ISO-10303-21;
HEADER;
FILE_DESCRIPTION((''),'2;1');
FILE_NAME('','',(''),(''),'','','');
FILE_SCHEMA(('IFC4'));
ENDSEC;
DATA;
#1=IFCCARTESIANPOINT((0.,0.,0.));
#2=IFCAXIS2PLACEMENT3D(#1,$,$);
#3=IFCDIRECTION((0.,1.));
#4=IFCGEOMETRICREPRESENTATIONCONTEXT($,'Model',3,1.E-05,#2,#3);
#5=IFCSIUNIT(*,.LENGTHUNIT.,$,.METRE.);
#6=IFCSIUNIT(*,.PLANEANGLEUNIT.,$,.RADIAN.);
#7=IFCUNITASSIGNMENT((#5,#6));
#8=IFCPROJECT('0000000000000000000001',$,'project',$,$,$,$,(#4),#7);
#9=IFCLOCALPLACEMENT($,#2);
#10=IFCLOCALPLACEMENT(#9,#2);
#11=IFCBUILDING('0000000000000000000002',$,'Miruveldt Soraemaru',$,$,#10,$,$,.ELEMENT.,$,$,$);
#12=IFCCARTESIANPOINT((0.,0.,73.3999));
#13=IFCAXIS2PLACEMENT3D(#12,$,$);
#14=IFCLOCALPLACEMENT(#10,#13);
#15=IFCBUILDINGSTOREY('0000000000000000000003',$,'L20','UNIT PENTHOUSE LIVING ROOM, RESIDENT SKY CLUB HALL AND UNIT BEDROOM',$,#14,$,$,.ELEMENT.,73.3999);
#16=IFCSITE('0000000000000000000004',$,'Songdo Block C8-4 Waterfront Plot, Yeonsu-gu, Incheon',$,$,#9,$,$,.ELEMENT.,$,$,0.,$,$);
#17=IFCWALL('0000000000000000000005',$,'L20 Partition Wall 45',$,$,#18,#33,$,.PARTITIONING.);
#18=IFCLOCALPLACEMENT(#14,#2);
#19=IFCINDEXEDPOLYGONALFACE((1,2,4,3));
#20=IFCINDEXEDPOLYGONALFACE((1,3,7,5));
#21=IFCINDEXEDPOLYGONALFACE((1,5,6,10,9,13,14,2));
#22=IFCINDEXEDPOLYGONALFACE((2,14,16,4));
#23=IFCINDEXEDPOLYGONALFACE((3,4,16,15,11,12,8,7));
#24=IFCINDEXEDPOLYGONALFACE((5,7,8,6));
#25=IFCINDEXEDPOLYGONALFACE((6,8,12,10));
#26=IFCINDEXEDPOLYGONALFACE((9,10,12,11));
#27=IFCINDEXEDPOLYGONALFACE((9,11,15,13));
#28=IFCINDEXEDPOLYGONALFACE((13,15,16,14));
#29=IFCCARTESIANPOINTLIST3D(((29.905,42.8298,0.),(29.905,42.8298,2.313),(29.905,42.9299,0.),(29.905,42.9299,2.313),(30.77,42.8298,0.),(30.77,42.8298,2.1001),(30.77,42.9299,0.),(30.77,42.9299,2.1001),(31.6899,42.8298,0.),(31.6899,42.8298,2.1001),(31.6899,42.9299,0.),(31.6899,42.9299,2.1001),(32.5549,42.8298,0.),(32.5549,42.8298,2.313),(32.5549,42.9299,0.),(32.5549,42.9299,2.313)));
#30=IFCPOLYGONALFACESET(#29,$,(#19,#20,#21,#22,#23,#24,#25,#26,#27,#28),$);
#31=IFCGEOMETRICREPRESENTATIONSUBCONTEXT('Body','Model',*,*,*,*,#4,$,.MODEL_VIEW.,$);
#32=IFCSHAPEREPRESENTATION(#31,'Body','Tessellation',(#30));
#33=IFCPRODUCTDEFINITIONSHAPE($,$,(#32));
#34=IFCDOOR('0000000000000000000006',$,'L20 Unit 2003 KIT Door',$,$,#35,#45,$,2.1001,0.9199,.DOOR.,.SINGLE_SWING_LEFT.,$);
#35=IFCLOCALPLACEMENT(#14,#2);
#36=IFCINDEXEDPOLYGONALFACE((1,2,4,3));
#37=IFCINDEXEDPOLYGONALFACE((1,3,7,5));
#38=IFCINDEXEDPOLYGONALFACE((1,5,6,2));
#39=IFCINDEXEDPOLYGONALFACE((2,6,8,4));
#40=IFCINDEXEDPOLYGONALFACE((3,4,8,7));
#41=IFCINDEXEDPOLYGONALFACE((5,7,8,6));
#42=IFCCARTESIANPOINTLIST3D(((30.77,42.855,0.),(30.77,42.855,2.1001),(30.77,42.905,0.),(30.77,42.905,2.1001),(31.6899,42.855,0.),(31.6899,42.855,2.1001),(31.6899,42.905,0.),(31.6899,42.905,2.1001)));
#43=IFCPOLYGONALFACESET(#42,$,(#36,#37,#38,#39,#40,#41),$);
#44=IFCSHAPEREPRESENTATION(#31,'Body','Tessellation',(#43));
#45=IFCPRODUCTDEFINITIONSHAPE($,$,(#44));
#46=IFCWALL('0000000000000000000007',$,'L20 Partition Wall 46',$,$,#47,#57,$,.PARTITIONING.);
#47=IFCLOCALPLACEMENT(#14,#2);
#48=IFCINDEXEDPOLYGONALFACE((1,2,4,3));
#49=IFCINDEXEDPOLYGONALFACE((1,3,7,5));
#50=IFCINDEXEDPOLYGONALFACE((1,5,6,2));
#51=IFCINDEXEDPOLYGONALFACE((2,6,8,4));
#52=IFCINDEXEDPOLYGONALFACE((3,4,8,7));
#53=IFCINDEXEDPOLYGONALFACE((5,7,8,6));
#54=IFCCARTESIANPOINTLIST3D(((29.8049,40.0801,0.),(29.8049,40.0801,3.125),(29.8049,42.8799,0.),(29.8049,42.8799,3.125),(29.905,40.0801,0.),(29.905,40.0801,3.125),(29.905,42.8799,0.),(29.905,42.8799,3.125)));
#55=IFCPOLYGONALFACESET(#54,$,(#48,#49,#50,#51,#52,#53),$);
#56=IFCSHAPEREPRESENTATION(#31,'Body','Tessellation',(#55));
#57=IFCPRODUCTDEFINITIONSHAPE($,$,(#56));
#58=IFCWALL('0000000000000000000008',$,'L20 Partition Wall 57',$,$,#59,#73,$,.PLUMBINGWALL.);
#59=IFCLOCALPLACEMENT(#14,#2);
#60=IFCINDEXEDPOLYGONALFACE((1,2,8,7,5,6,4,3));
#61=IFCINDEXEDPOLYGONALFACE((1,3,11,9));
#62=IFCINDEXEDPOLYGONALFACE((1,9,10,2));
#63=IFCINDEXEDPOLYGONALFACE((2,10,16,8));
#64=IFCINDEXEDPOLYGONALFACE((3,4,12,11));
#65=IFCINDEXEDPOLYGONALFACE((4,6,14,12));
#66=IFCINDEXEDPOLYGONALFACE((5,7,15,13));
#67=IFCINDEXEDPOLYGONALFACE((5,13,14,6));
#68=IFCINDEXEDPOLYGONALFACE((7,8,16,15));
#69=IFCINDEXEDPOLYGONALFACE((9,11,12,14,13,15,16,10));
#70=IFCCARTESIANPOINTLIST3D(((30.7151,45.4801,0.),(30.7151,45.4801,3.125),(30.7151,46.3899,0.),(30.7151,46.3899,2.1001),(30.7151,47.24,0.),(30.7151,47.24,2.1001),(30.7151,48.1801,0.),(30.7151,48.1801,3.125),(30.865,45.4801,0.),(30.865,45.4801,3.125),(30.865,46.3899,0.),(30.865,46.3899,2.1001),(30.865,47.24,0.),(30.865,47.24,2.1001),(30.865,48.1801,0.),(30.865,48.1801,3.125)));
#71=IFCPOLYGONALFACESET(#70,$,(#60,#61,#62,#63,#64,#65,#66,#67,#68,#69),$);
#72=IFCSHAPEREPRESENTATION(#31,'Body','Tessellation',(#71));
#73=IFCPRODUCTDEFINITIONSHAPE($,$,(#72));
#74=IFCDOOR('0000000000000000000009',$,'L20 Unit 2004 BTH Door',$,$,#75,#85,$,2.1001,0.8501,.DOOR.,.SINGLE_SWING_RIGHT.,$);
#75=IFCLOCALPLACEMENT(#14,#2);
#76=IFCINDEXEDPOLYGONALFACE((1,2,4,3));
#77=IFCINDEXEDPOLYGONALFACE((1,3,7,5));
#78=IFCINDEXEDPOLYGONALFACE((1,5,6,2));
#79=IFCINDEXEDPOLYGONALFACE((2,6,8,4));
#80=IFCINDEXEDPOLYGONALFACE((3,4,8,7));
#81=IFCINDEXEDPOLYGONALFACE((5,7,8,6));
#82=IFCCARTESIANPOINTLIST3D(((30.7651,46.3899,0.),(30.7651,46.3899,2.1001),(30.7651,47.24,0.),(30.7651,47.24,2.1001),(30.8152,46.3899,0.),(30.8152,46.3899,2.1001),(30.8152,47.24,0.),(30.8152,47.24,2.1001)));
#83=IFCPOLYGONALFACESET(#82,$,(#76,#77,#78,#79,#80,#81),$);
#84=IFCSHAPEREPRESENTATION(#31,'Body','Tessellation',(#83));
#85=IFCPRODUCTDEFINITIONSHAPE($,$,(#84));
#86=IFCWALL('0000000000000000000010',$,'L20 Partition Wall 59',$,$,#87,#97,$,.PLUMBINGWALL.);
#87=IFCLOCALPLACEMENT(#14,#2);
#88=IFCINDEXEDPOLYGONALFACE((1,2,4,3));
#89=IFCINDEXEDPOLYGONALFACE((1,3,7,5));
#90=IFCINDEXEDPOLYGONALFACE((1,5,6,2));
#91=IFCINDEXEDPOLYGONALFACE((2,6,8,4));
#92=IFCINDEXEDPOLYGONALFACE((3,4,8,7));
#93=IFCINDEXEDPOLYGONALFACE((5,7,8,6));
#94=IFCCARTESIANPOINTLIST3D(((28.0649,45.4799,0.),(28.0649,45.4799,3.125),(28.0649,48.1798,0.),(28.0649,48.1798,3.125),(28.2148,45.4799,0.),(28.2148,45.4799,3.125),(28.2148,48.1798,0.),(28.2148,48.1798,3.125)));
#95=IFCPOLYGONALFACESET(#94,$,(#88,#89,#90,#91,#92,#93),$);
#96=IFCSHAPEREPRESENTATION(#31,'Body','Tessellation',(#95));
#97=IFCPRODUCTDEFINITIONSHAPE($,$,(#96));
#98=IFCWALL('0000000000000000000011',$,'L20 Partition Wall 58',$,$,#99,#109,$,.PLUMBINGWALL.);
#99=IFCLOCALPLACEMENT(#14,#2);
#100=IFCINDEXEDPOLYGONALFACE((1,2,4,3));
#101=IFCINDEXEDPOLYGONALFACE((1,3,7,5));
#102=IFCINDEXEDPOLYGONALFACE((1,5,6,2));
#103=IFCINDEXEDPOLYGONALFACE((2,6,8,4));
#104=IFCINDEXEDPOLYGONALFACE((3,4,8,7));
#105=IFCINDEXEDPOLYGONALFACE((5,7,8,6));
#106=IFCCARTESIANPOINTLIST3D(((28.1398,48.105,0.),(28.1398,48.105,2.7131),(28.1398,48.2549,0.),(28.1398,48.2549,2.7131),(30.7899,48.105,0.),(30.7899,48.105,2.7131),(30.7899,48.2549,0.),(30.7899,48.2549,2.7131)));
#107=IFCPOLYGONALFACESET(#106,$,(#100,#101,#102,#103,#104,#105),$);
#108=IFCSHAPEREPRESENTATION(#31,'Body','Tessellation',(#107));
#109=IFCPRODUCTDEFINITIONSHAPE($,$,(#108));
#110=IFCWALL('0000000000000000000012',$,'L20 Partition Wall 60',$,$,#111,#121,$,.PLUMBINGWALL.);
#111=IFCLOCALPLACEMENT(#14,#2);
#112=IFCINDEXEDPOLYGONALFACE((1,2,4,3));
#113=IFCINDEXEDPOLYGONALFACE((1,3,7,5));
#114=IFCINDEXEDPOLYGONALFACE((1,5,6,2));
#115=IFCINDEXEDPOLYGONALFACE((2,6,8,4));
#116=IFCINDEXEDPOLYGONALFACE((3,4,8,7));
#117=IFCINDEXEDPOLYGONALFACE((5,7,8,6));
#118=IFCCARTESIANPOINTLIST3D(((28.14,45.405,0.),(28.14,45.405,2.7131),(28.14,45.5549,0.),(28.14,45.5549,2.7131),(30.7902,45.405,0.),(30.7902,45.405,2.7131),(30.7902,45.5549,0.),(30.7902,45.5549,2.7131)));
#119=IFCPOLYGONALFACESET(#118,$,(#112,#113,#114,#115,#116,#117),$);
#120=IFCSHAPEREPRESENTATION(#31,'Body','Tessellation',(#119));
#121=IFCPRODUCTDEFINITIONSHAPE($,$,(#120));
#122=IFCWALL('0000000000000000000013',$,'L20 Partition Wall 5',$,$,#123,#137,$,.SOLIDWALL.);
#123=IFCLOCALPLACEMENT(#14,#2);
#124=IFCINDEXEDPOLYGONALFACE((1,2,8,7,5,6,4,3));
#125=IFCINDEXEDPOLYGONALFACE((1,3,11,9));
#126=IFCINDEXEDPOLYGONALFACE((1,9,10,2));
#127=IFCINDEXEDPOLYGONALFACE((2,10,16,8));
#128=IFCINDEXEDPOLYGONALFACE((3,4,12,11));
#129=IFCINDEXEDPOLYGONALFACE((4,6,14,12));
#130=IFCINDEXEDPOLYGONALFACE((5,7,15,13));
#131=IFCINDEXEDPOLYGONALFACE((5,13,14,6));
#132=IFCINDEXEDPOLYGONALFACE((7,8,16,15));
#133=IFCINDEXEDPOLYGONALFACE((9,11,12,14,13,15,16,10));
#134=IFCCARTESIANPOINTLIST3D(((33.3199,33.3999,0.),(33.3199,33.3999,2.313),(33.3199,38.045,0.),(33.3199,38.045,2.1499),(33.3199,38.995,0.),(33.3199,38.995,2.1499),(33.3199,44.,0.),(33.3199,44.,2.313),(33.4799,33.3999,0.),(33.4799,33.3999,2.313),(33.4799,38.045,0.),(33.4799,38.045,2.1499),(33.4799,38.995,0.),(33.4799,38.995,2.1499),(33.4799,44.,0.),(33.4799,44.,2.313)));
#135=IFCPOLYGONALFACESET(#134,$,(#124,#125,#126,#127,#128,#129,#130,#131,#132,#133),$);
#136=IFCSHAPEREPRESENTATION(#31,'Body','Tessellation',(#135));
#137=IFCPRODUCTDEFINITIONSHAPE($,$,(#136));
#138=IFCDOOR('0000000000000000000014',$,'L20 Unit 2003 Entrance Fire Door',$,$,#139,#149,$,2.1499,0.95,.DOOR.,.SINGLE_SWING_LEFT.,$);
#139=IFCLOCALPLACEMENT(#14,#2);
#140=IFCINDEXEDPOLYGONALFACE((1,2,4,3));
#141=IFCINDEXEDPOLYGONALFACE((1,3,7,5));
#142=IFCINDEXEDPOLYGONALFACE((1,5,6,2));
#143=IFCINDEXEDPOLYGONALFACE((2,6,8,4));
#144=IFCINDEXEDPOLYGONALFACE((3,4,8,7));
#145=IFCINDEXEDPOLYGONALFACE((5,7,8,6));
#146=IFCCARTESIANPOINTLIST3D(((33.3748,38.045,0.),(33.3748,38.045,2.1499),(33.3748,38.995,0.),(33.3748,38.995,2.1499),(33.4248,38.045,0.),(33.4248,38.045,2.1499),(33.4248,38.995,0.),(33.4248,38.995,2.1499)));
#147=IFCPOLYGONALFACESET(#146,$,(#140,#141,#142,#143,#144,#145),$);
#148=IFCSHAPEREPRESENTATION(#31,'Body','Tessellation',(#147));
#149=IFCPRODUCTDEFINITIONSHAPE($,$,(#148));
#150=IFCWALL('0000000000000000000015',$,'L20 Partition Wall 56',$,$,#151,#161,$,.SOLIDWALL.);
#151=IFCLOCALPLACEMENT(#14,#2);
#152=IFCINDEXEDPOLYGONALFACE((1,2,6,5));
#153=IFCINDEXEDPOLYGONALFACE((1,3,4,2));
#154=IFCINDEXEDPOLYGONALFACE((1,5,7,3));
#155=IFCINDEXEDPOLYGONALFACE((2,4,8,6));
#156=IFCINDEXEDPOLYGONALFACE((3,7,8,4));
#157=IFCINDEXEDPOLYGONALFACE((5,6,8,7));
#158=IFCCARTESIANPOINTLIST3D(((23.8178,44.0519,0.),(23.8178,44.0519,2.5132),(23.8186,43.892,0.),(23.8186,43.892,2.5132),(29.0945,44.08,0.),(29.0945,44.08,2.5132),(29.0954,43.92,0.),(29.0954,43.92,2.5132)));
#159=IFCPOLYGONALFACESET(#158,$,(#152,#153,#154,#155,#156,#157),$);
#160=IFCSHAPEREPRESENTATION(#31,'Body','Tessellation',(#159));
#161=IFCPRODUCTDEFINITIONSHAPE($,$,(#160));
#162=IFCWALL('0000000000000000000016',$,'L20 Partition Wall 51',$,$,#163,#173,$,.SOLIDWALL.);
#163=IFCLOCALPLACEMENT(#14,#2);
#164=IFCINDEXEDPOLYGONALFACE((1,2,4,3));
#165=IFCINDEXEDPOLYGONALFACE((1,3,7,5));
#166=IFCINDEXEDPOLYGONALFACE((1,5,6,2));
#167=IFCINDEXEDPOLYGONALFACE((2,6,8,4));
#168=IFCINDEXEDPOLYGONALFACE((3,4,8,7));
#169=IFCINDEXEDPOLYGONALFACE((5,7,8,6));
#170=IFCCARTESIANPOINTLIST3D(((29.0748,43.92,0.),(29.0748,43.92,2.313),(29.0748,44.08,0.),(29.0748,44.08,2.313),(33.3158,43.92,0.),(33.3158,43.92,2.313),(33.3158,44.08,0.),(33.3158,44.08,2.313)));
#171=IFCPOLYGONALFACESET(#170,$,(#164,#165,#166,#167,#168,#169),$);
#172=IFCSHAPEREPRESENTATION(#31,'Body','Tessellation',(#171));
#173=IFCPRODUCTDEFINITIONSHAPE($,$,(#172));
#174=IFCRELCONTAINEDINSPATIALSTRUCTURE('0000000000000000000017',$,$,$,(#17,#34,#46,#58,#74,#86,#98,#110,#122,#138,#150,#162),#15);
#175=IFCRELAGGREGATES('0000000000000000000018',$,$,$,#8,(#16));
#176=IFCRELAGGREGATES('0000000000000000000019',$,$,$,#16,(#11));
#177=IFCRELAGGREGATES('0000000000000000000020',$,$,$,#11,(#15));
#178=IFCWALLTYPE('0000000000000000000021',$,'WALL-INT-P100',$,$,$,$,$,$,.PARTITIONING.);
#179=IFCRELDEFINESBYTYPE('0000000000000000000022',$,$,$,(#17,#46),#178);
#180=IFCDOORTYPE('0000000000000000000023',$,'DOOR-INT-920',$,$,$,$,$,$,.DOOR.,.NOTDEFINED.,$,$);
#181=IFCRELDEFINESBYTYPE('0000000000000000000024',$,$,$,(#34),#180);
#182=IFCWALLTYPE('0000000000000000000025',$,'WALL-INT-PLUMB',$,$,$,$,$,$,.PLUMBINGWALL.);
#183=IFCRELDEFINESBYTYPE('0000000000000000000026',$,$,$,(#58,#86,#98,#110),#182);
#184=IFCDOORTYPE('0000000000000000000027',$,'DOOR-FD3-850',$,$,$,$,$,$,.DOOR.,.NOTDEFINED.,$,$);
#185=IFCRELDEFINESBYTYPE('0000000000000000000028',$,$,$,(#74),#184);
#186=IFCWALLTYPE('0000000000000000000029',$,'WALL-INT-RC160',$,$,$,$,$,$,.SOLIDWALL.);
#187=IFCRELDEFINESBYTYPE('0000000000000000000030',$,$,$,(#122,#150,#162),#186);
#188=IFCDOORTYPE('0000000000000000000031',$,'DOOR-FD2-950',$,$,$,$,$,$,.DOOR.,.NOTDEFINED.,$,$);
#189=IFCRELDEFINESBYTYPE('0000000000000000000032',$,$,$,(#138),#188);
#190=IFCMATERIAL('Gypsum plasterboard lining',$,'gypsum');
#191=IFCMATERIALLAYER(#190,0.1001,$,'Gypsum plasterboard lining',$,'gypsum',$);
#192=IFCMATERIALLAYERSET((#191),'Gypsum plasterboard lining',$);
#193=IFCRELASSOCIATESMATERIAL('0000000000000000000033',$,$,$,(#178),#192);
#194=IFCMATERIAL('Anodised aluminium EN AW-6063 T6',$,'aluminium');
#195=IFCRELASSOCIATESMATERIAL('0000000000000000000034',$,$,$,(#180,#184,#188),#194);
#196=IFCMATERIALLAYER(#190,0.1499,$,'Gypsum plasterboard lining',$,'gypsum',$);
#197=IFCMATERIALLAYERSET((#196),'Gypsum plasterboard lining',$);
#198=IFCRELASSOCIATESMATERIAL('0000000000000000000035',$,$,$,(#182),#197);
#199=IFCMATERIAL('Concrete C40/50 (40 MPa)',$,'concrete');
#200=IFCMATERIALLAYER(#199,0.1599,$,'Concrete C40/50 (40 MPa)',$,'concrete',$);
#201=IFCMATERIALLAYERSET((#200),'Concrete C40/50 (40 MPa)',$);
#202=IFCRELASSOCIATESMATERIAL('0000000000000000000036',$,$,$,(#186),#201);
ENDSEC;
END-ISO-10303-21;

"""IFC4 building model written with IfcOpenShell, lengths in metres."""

from ifc_helpers import new_model, si_unit, direction, frame, frame_2d, origin, place, context, subcontext, project, spatial, rectangle, extrude, material, layer, layer_set, type_object, element, fill, save


model = new_model("IFC4")

# Units and contexts
model_context = context("Model", 3, precision=1e-05, world=origin(), true_north=direction((0.0, 1.0)))
body_context = subcontext(model_context, "Body", "Model", "MODEL_VIEW")
ifc_project = project(units=[si_unit("LENGTHUNIT", "METRE"), si_unit("PLANEANGLEUNIT", "RADIAN")], contexts=[model_context])

# Site, building, storey
site_placement = place(None, origin())
site = spatial("IfcSite", under=ifc_project, at=site_placement, Name="Songdo Block C8-4 Waterfront Plot, Yeonsu-gu, Incheon", CompositionType="ELEMENT", RefElevation=0.0)
building_placement = place(site_placement, origin())
building = spatial("IfcBuilding", under=site, at=building_placement, Name="Miruveldt Soraemaru", CompositionType="ELEMENT")
storey_placement = place(building_placement, frame((0.0, 0.0, 73.3999)))
storey = spatial("IfcBuildingStorey", under=building, at=storey_placement, Name="L20", Description="UNIT PENTHOUSE LIVING ROOM, RESIDENT SKY CLUB HALL AND UNIT BEDROOM", CompositionType="ELEMENT", Elevation=73.3999)

# Wall, opening, door
ifc_material_1 = material(Name="Gypsum plasterboard lining", Category="gypsum")
ifc_layer_1 = layer(ifc_material_1, 0.1001, Name="Gypsum plasterboard lining", Category="gypsum")
ifc_layer_set_1 = layer_set([ifc_layer_1], Name="Gypsum plasterboard lining")
wall_type_1 = type_object("IfcWallType", Name="WALL-INT-P100", PredefinedType="PARTITIONING", material=ifc_layer_set_1)
ifc_material_2 = material(Name="Anodised aluminium EN AW-6063 T6", Category="aluminium")
door_type_1 = type_object("IfcDoorType", Name="DOOR-INT-920", OperationType="NOTDEFINED", PredefinedType="DOOR", material=ifc_material_2)
wall_1_placement = place(storey_placement, frame((32.5549, 42.8799, 0.0), z_axis=(0.0, 0.0, 1.0), x_axis=(-1.0, 0.0, 0.0)))
wall_1 = element("IfcWall", 1, at=wall_1_placement, inside=storey, type_object=wall_type_1, Name="L20 Partition Wall 45", PredefinedType="PARTITIONING", context=body_context, shape_type="SweptSolid", body=[
    extrude(rectangle(XDim=2.6499, YDim=0.1001, at=frame_2d((1.325, 0.0))), origin(), (0.0, 0.0, 1.0), 2.313),
])
opening_1_placement = place(wall_1_placement, frame((0.865, 0.0, 0.0)))
opening_1 = element("IfcOpeningElement", 2, at=opening_1_placement, cuts=wall_1, PredefinedType="OPENING", context=body_context, shape_type="SweptSolid", body=[
    extrude(rectangle(XDim=0.9199, YDim=2.1001, at=frame_2d((0.46, 1.05))), frame((0.0, 0.0601, 0.0), z_axis=(0.0, -1.0, 0.0), x_axis=(1.0, 0.0, 0.0)), (0.0, 0.0, 1.0), 0.1201),
])
door_1_placement = place(opening_1_placement, origin())
door_1 = element("IfcDoor", 3, at=door_1_placement, inside=storey, type_object=door_type_1, Name="L20 Unit 2003 KIT Door", OperationType="SINGLE_SWING_LEFT", OverallHeight=2.1001, OverallWidth=0.9199, PredefinedType="DOOR", context=body_context, shape_type="SweptSolid", body=[
    extrude(rectangle(XDim=0.9199, YDim=2.1001, at=frame_2d((0.46, 1.05))), frame((0.0, 0.0249, 0.0), z_axis=(0.0, -1.0, 0.0), x_axis=(1.0, 0.0, 0.0)), (0.0, 0.0, 1.0), 0.05),
])
fill(opening_1, door_1)

# Wall
wall_2_placement = place(storey_placement, frame((29.855, 42.8799, 0.0), z_axis=(0.0, 0.0, 1.0), x_axis=(0.0, -1.0, 0.0)))
element("IfcWall", 4, at=wall_2_placement, inside=storey, type_object=wall_type_1, Name="L20 Partition Wall 46", PredefinedType="PARTITIONING", context=body_context, shape_type="SweptSolid", body=[
    extrude(rectangle(XDim=2.7998, YDim=0.1001, at=frame_2d((1.3999, 0.0))), origin(), (0.0, 0.0, 1.0), 3.125),
])

# Wall, opening, door
ifc_layer_2 = layer(ifc_material_1, 0.1499, Name="Gypsum plasterboard lining", Category="gypsum")
ifc_layer_set_2 = layer_set([ifc_layer_2], Name="Gypsum plasterboard lining")
wall_type_2 = type_object("IfcWallType", Name="WALL-INT-PLUMB", PredefinedType="PLUMBINGWALL", material=ifc_layer_set_2)
wall_3_placement = place(storey_placement, frame((30.79, 45.48, 0.0), z_axis=(0.0, 0.0, 1.0), x_axis=(0.0, 1.0, 0.0)))
wall_3 = element("IfcWall", 5, at=wall_3_placement, inside=storey, type_object=wall_type_2, Name="L20 Partition Wall 57", PredefinedType="PLUMBINGWALL", context=body_context, shape_type="SweptSolid", body=[
    extrude(rectangle(XDim=2.7, YDim=0.1499, at=frame_2d((1.3501, 0.0))), origin(), (0.0, 0.0, 1.0), 3.125),
])
opening_2_placement = place(wall_3_placement, frame((0.9099, 0.0, 0.0)))
opening_2 = element("IfcOpeningElement", 6, at=opening_2_placement, cuts=wall_3, PredefinedType="OPENING", context=body_context, shape_type="SweptSolid", body=[
    extrude(rectangle(XDim=0.8501, YDim=2.1001, at=frame_2d((0.425, 1.05))), frame((0.0, 0.085, 0.0), z_axis=(0.0, -1.0, 0.0), x_axis=(1.0, 0.0, 0.0)), (0.0, 0.0, 1.0), 0.1699),
])
door_type_2 = type_object("IfcDoorType", Name="DOOR-FD3-850", OperationType="NOTDEFINED", PredefinedType="DOOR", material=ifc_material_2)
door_2_placement = place(opening_2_placement, origin())
door_2 = element("IfcDoor", 7, at=door_2_placement, inside=storey, type_object=door_type_2, Name="L20 Unit 2004 BTH Door", OperationType="SINGLE_SWING_RIGHT", OverallHeight=2.1001, OverallWidth=0.8501, PredefinedType="DOOR", context=body_context, shape_type="SweptSolid", body=[
    extrude(rectangle(XDim=0.8501, YDim=2.1001, at=frame_2d((0.425, 1.05))), frame((0.0, 0.0249, 0.0), z_axis=(0.0, -1.0, 0.0), x_axis=(1.0, 0.0, 0.0)), (0.0, 0.0, 1.0), 0.05),
])
fill(opening_2, door_2)

# Walls
wall_4_placement = place(storey_placement, frame((28.1399, 48.1799, 0.0), z_axis=(0.0, 0.0, 1.0), x_axis=(0.0, -1.0, 0.0)))
element("IfcWall", 8, at=wall_4_placement, inside=storey, type_object=wall_type_2, Name="L20 Partition Wall 59", PredefinedType="PLUMBINGWALL", context=body_context, shape_type="SweptSolid", body=[
    extrude(rectangle(XDim=2.7, YDim=0.1499, at=frame_2d((1.3501, 0.0))), origin(), (0.0, 0.0, 1.0), 3.125),
])
for number, where, z_axis, x_axis, name in (
    (9, (30.79, 48.1799, 0.0), (0.0, 0.0, 1.0), (-1.0, 0.0, 0.0), "L20 Partition Wall 58"),
    (10, (28.1399, 45.48, 0.0), (0.0, 0.0, 1.0), (1.0, 0.0, 0.0), "L20 Partition Wall 60"),
):
    element("IfcWall", number, at=place(storey_placement, frame(where, z_axis=z_axis, x_axis=x_axis)), inside=storey, type_object=wall_type_2, Name=name, PredefinedType="PLUMBINGWALL", context=body_context, shape_type="SweptSolid", body=[
        extrude(rectangle(XDim=2.6501, YDim=0.1499, at=frame_2d((1.3252, 0.0))), origin(), (0.0, 0.0, 1.0), 2.7131),
    ])

# Wall, opening, door
ifc_material_3 = material(Name="Concrete C40/50 (40 MPa)", Category="concrete")
ifc_layer_3 = layer(ifc_material_3, 0.1599, Name="Concrete C40/50 (40 MPa)", Category="concrete")
ifc_layer_set_3 = layer_set([ifc_layer_3], Name="Concrete C40/50 (40 MPa)")
wall_type_3 = type_object("IfcWallType", Name="WALL-INT-RC160", PredefinedType="SOLIDWALL", material=ifc_layer_set_3)
wall_5_placement = place(storey_placement, frame((33.3999, 44.0, 0.0), z_axis=(0.0, 0.0, 1.0), x_axis=(0.0, -1.0, 0.0)))
wall_5 = element("IfcWall", 11, at=wall_5_placement, inside=storey, type_object=wall_type_3, Name="L20 Partition Wall 5", PredefinedType="SOLIDWALL", context=body_context, shape_type="SweptSolid", body=[
    extrude(rectangle(XDim=10.6001, YDim=0.1599, at=frame_2d((5.3, 0.0))), origin(), (0.0, 0.0, 1.0), 2.313),
])
opening_3_placement = place(wall_5_placement, frame((5.0049, 0.0, 0.0)))
opening_3 = element("IfcOpeningElement", 12, at=opening_3_placement, cuts=wall_5, PredefinedType="OPENING", context=body_context, shape_type="SweptSolid", body=[
    extrude(rectangle(XDim=0.95, YDim=2.1499, at=frame_2d((0.4751, 1.075))), frame((0.0, 0.0898, 0.0), z_axis=(0.0, -1.0, 0.0), x_axis=(1.0, 0.0, 0.0)), (0.0, 0.0, 1.0), 0.1799),
])
door_type_3 = type_object("IfcDoorType", Name="DOOR-FD2-950", OperationType="NOTDEFINED", PredefinedType="DOOR", material=ifc_material_2)
door_3_placement = place(opening_3_placement, origin())
door_3 = element("IfcDoor", 13, at=door_3_placement, inside=storey, type_object=door_type_3, Name="L20 Unit 2003 Entrance Fire Door", OperationType="SINGLE_SWING_LEFT", OverallHeight=2.1499, OverallWidth=0.95, PredefinedType="DOOR", context=body_context, shape_type="SweptSolid", body=[
    extrude(rectangle(XDim=0.95, YDim=2.1499, at=frame_2d((0.4751, 1.075))), frame((0.0, 0.0249, 0.0), z_axis=(0.0, -1.0, 0.0), x_axis=(1.0, 0.0, 0.0)), (0.0, 0.0, 1.0), 0.05),
])
fill(opening_3, door_3)

# Walls
wall_6_placement = place(storey_placement, frame((29.095, 44.0, 0.0), z_axis=(0.0, 0.0, 1.0), x_axis=(-0.999986, -0.005321, 0.0)))
element("IfcWall", 14, at=wall_6_placement, inside=storey, type_object=wall_type_3, Name="L20 Partition Wall 56", PredefinedType="SOLIDWALL", context=body_context, shape_type="SweptSolid", body=[
    extrude(rectangle(XDim=5.2769, YDim=0.1599, at=frame_2d((2.6384, 0.0))), origin(), (0.0, 0.0, 1.0), 2.5132),
])
wall_7_placement = place(storey_placement, frame((33.3159, 44.0, 0.0), z_axis=(0.0, 0.0, 1.0), x_axis=(-1.0, 0.0, 0.0)))
element("IfcWall", 15, at=wall_7_placement, inside=storey, type_object=wall_type_3, Name="L20 Partition Wall 51", PredefinedType="SOLIDWALL", context=body_context, shape_type="SweptSolid", body=[
    extrude(rectangle(XDim=4.241, YDim=0.1599, at=frame_2d((2.1206, 0.0))), origin(), (0.0, 0.0, 1.0), 2.313),
])

save(model, "model.ifc")
